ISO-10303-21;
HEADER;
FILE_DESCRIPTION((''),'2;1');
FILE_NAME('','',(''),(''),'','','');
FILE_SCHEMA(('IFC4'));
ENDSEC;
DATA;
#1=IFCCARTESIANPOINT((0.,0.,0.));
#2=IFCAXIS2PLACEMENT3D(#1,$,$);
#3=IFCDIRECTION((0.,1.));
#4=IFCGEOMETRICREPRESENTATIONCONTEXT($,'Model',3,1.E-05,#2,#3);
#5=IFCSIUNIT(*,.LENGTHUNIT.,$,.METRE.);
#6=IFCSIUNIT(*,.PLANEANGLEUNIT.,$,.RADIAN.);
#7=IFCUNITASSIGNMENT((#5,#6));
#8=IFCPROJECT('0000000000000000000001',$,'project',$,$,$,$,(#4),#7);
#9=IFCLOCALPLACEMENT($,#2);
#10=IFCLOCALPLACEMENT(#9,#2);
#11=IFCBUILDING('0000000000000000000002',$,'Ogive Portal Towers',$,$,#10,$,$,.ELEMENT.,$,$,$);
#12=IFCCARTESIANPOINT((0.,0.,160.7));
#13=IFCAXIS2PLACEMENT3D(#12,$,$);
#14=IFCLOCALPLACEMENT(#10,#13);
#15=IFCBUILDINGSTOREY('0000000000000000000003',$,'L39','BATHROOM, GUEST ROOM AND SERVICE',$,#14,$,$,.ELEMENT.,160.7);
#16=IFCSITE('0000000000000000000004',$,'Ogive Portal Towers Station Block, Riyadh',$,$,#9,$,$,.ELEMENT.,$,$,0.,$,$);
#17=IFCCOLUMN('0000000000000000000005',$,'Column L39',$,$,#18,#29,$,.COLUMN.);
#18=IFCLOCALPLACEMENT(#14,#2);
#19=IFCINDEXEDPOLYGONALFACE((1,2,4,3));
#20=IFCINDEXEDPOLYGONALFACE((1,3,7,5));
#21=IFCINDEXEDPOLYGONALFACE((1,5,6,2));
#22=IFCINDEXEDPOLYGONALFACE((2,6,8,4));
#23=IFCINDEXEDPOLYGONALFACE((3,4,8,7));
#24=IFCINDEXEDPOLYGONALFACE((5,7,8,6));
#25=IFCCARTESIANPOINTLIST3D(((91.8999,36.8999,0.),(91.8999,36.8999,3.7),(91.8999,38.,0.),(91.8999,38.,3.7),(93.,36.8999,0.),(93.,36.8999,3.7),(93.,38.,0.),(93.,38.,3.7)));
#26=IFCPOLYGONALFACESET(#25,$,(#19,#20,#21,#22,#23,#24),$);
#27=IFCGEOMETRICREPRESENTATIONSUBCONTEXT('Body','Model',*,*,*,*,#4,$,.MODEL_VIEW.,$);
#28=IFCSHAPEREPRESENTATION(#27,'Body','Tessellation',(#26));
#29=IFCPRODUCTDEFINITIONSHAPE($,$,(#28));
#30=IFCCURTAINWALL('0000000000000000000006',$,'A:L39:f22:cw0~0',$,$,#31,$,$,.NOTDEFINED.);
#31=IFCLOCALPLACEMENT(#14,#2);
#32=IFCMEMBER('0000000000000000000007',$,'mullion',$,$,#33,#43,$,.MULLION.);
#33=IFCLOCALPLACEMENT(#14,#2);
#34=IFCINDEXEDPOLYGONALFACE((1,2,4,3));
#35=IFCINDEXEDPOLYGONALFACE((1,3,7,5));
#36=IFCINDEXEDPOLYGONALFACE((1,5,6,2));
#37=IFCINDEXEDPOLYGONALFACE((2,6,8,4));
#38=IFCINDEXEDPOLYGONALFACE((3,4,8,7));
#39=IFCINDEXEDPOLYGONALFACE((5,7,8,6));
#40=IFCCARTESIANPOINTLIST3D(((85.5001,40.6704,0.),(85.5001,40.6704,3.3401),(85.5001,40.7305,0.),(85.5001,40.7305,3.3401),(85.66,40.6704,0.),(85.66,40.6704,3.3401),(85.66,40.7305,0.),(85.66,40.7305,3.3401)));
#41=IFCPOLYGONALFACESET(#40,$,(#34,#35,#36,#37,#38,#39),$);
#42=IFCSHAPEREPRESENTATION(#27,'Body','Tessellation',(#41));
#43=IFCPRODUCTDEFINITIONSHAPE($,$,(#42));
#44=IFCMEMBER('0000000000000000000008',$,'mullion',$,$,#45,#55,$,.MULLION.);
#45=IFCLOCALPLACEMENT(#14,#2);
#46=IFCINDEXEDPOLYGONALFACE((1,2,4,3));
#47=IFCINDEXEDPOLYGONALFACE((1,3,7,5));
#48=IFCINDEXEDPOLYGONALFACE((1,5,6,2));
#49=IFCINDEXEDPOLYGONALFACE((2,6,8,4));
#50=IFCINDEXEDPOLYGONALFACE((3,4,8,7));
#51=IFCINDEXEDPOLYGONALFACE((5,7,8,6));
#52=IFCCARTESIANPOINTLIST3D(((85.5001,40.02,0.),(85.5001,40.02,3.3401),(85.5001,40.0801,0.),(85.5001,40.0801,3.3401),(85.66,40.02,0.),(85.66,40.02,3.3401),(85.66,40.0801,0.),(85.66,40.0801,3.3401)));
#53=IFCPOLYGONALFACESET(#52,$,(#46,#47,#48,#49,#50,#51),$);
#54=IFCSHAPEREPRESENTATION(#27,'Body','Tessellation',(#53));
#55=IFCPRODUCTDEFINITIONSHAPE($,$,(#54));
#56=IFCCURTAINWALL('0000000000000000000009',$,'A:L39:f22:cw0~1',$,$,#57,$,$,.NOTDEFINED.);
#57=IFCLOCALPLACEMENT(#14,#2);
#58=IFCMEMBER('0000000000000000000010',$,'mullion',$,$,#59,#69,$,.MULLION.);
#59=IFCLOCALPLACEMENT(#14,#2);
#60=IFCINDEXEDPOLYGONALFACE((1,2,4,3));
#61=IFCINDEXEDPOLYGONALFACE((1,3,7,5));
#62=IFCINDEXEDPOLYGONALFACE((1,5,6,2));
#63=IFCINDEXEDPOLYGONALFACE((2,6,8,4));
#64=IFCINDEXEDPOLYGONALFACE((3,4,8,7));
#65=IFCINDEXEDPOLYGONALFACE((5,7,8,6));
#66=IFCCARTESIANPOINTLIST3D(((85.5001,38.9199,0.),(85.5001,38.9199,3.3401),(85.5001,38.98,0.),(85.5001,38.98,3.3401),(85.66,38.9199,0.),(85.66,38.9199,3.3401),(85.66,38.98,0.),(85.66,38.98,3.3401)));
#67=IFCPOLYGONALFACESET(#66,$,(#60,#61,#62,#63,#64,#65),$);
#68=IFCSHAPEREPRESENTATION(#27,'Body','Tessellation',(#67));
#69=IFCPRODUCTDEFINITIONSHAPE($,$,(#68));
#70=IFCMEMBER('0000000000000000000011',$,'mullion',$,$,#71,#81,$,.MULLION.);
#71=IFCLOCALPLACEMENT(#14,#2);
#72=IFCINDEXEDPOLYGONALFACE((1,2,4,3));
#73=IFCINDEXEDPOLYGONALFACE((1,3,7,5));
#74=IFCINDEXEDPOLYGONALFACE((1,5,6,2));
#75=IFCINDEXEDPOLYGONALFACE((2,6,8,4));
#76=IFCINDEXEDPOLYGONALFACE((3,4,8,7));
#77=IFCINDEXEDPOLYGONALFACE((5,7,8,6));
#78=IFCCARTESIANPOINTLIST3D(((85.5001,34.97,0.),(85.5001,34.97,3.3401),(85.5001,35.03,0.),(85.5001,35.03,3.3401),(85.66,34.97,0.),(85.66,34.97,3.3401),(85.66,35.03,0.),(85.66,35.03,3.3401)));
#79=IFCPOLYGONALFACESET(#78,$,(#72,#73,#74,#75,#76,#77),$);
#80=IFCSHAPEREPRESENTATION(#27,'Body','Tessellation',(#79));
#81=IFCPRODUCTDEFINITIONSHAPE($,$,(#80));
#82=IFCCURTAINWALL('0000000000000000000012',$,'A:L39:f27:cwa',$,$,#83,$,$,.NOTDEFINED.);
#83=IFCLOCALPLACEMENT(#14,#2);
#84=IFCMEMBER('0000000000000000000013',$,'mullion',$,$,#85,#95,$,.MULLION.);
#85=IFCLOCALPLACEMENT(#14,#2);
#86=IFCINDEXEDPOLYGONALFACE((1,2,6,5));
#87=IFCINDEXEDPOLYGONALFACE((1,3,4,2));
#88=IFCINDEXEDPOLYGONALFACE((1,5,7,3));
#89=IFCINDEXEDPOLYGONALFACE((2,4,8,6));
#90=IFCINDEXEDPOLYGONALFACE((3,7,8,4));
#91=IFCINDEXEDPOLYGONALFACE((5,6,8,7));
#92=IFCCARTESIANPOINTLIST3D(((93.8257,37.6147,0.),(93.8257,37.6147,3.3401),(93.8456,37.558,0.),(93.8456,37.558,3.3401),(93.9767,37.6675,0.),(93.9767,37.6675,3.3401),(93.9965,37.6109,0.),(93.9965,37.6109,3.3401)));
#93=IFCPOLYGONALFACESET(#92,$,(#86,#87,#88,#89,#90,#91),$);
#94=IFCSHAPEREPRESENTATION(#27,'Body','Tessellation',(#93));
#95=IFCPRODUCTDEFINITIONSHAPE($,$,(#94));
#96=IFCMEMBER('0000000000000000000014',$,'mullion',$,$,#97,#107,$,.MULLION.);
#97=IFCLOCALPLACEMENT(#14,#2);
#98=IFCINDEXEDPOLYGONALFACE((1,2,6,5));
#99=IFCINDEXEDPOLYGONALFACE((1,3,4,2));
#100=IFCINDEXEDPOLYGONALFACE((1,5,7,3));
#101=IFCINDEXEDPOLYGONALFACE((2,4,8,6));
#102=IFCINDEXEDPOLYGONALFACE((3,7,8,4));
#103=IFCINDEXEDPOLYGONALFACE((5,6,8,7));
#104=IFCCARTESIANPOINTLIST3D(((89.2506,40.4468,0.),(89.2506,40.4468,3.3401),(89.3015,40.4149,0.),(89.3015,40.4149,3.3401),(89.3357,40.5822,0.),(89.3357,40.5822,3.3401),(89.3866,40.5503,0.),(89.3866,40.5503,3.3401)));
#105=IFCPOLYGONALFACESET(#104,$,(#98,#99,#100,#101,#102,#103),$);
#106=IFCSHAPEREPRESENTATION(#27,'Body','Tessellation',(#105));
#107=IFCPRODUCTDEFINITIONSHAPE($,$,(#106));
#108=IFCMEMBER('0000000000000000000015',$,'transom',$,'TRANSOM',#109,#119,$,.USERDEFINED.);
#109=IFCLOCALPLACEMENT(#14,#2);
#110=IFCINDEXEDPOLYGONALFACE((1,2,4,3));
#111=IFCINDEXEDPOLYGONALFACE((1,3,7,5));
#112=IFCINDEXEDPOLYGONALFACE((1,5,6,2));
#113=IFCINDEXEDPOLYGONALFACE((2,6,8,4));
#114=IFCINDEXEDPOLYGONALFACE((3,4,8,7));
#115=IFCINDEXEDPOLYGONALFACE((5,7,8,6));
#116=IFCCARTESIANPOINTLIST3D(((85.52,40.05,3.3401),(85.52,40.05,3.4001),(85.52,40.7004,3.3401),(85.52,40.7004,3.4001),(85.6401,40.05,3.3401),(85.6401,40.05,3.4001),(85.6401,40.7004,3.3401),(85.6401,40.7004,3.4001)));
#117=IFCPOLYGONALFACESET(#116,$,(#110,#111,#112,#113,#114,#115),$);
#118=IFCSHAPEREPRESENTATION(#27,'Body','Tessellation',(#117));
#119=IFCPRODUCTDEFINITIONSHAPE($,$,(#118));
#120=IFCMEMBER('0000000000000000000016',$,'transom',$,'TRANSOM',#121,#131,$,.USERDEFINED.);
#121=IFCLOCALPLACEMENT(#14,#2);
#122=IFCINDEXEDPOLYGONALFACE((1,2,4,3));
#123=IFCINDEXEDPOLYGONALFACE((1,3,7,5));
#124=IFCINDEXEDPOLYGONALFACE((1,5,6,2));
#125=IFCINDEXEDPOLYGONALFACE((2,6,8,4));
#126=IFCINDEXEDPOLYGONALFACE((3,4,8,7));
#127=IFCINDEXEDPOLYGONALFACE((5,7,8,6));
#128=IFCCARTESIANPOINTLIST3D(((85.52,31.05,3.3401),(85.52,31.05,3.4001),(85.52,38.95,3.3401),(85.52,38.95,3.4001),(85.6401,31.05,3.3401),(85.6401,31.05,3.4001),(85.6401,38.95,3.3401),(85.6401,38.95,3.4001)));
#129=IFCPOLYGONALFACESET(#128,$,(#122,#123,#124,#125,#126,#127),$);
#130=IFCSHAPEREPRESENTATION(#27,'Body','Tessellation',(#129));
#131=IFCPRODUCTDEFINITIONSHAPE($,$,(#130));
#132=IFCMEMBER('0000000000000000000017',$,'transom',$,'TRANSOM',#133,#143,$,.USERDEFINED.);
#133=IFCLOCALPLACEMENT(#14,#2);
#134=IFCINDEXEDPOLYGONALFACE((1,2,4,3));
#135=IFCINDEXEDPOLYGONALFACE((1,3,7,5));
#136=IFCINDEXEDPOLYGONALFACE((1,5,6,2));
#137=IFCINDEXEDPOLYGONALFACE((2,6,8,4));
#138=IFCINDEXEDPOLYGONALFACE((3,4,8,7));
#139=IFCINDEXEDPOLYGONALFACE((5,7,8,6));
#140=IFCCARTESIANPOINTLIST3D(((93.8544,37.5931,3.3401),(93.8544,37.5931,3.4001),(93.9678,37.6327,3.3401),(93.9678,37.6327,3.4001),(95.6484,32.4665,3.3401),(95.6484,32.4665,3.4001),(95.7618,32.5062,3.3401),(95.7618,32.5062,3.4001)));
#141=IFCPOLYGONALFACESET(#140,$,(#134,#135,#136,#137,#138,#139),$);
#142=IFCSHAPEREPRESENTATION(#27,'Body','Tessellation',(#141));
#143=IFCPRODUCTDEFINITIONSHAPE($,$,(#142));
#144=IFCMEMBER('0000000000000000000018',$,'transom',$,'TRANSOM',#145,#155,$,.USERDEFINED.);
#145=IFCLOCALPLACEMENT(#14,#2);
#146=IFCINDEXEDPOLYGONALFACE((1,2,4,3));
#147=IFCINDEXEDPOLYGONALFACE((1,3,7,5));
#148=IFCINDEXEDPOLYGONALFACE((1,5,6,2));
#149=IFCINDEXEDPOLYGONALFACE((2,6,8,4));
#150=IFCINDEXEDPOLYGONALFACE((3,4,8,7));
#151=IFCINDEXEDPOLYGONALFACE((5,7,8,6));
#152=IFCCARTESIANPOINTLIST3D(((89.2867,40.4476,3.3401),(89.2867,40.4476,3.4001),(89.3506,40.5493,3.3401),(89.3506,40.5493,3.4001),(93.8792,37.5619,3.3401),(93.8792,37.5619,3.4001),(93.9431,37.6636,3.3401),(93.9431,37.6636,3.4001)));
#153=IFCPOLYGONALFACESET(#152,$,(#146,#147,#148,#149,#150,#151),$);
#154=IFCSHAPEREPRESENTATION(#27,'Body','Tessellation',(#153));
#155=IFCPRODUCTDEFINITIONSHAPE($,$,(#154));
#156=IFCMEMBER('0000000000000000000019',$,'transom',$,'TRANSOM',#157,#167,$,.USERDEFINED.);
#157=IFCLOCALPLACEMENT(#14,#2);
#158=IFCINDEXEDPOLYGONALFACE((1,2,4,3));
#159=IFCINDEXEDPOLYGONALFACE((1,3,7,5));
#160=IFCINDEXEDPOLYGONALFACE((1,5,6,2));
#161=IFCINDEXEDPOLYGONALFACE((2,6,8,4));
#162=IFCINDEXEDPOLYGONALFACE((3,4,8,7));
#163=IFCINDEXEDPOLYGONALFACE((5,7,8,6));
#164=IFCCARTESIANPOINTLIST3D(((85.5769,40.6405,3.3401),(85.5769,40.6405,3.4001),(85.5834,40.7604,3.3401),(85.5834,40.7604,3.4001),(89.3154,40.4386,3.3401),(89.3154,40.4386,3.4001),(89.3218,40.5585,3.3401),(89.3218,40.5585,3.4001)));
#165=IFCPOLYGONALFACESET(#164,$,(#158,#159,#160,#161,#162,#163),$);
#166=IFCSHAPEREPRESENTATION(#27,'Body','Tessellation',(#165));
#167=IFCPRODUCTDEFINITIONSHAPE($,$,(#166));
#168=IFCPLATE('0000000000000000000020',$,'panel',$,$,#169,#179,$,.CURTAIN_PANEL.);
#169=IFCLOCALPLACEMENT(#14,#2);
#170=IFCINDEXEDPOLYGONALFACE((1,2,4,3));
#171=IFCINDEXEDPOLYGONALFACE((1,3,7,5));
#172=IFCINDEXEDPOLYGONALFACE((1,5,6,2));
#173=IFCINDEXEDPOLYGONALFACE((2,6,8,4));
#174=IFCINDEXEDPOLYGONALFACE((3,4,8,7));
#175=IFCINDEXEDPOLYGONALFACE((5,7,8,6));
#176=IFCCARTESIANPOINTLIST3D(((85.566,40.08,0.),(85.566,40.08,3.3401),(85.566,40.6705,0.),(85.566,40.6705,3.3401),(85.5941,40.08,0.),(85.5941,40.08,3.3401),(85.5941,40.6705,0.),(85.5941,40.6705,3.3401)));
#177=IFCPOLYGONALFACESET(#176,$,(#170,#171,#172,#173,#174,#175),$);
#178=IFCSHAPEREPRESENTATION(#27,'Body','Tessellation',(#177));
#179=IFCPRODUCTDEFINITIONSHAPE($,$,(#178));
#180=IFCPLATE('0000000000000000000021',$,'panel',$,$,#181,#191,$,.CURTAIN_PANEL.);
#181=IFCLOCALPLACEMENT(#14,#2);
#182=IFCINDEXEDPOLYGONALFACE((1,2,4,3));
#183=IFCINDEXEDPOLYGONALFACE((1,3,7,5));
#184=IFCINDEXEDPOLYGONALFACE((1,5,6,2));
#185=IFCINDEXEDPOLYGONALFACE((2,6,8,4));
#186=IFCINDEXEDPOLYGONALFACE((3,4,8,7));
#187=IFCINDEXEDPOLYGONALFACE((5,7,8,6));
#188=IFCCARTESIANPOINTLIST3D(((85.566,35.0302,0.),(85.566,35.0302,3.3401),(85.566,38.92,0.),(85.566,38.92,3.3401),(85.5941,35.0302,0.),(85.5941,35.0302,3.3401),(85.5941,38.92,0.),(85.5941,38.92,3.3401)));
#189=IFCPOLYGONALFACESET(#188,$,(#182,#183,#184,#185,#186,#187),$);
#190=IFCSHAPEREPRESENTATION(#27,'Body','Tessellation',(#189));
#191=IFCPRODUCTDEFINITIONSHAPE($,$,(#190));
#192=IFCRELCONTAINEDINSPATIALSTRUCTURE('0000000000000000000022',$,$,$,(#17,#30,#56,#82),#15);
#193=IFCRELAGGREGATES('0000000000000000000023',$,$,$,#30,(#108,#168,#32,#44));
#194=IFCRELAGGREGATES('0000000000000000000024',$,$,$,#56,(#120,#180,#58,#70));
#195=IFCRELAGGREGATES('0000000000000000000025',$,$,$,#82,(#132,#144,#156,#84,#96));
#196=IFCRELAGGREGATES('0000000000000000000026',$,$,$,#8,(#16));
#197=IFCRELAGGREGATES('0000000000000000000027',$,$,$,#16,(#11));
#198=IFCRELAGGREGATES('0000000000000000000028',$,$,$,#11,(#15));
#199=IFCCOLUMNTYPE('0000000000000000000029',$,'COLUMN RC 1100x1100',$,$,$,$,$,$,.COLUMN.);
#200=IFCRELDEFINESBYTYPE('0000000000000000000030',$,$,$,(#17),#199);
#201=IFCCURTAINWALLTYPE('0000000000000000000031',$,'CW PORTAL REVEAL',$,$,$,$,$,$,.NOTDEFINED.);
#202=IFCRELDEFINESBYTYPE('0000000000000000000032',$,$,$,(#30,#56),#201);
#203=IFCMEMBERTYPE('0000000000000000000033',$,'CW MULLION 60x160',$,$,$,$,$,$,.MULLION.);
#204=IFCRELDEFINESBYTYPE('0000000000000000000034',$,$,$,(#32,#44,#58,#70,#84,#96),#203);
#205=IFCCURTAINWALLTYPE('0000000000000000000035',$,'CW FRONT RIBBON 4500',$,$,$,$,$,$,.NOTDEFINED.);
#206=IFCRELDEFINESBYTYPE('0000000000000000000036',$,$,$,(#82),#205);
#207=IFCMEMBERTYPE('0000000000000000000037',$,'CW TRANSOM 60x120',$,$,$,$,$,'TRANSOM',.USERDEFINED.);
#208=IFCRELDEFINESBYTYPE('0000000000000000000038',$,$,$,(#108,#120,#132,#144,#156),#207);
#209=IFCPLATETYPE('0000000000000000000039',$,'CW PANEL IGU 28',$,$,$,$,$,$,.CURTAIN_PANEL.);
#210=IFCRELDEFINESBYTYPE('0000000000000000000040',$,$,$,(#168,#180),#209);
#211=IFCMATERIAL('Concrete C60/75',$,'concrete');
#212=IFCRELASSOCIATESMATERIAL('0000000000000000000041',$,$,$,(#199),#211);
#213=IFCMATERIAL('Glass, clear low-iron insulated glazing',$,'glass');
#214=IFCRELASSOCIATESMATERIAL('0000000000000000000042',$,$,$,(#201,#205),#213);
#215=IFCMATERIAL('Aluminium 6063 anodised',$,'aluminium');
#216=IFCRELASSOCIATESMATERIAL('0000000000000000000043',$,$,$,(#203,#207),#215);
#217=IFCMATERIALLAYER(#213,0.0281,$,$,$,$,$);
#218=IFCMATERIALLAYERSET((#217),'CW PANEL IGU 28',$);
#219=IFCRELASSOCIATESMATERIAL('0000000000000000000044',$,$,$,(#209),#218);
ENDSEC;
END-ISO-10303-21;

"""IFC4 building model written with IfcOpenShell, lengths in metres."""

from ifc_helpers import new_model, si_unit, direction, frame, origin, origin_2d, place, context, subcontext, project, spatial, rectangle, extrude, material, layer, layer_set, material_profile, profile_set, type_object, element, aggregate, save


model = new_model("IFC4")

# Units and contexts
model_context = context("Model", 3, precision=1e-05, world=origin(), true_north=direction((0.0, 1.0)))
body_context = subcontext(model_context, "Body", "Model", "MODEL_VIEW")
ifc_project = project(units=[si_unit("LENGTHUNIT", "METRE"), si_unit("PLANEANGLEUNIT", "RADIAN")], contexts=[model_context])

# Site, building, storey
site_placement = place(None, origin())
site = spatial("IfcSite", under=ifc_project, at=site_placement, Name="Ogive Portal Towers Station Block, Riyadh", CompositionType="ELEMENT", RefElevation=0.0)
building_placement = place(site_placement, origin())
building = spatial("IfcBuilding", under=site, at=building_placement, Name="Ogive Portal Towers", CompositionType="ELEMENT")
storey_placement = place(building_placement, frame((0.0, 0.0, 160.7)))
storey = spatial("IfcBuildingStorey", under=building, at=storey_placement, Name="L39", Description="BATHROOM, GUEST ROOM AND SERVICE", CompositionType="ELEMENT", Elevation=160.7)

# Column
ifc_material_1 = material(Name="Concrete C60/75", Category="concrete")
ifc_material_profile_1 = material_profile(ifc_material_1, rectangle(XDim=1.1001, YDim=1.1001, at=origin_2d()), Name="RC 1100x1100")
ifc_profile_set_1 = profile_set([ifc_material_profile_1], Name="Concrete C60/75")
column_type = type_object("IfcColumnType", Name="COLUMN RC 1100x1100", PredefinedType="COLUMN", material=ifc_profile_set_1)
column_placement = place(storey_placement, frame((92.45, 37.45, 0.0), z_axis=(0.0, 0.0, 1.0), x_axis=(1.0, 0.0, 0.0)))
element("IfcColumn", 1, at=column_placement, inside=storey, type_object=column_type, Name="Column L39", PredefinedType="COLUMN", context=body_context, shape_type="SweptSolid", body=[
    extrude(rectangle(XDim=1.1001, YDim=1.1001, at=origin_2d()), origin(), (0.0, 0.0, 1.0), 3.7),
])

# Curtain walls, members
ifc_material_2 = material(Name="Glass, clear low-iron insulated glazing", Category="glass")
curtain_wall_type_1 = type_object("IfcCurtainWallType", Name="CW PORTAL REVEAL", PredefinedType="NOTDEFINED", material=ifc_material_2)
curtain_wall_1_placement = place(storey_placement, origin())
curtain_wall_1 = element("IfcCurtainWall", 2, at=curtain_wall_1_placement, inside=storey, type_object=curtain_wall_type_1, Name="A:L39:f22:cw0~0", PredefinedType="NOTDEFINED")
ifc_material_3 = material(Name="Aluminium 6063 anodised", Category="aluminium")
ifc_material_profile_2 = material_profile(ifc_material_3, rectangle(XDim=0.1599, YDim=0.0601, at=origin_2d()), Name="AL 60x160")
ifc_profile_set_2 = profile_set([ifc_material_profile_2], Name="Aluminium 6063 anodised")
member_type_1 = type_object("IfcMemberType", Name="CW MULLION 60x160", PredefinedType="MULLION", material=ifc_profile_set_2)
member_1_placement = place(storey_placement, frame((85.5801, 40.7004, 0.0), z_axis=(0.0, 0.0, 1.0), x_axis=(1.0, 0.0, 0.0)))
member_1 = element("IfcMember", 3, at=member_1_placement, type_object=member_type_1, Name="mullion", PredefinedType="MULLION", context=body_context, shape_type="SweptSolid", body=[
    extrude(rectangle(XDim=0.1599, YDim=0.0601, at=origin_2d()), origin(), (0.0, 0.0, 1.0), 3.3401),
])
member_2_placement = place(storey_placement, frame((85.5801, 40.05, 0.0), z_axis=(0.0, 0.0, 1.0), x_axis=(1.0, 0.0, 0.0)))
member_2 = element("IfcMember", 4, at=member_2_placement, type_object=member_type_1, Name="mullion", PredefinedType="MULLION", context=body_context, shape_type="SweptSolid", body=[
    extrude(rectangle(XDim=0.1599, YDim=0.0601, at=origin_2d()), origin(), (0.0, 0.0, 1.0), 3.3401),
])
curtain_wall_2_placement = place(storey_placement, origin())
curtain_wall_2 = element("IfcCurtainWall", 5, at=curtain_wall_2_placement, inside=storey, type_object=curtain_wall_type_1, Name="A:L39:f22:cw0~1", PredefinedType="NOTDEFINED")
member_3_placement = place(storey_placement, frame((85.5801, 38.95, 0.0), z_axis=(0.0, 0.0, 1.0), x_axis=(1.0, 0.0, 0.0)))
member_3 = element("IfcMember", 6, at=member_3_placement, type_object=member_type_1, Name="mullion", PredefinedType="MULLION", context=body_context, shape_type="SweptSolid", body=[
    extrude(rectangle(XDim=0.1599, YDim=0.0601, at=origin_2d()), origin(), (0.0, 0.0, 1.0), 3.3401),
])
member_4_placement = place(storey_placement, frame((85.5801, 35.0, 0.0), z_axis=(0.0, 0.0, 1.0), x_axis=(1.0, 0.0, 0.0)))
member_4 = element("IfcMember", 7, at=member_4_placement, type_object=member_type_1, Name="mullion", PredefinedType="MULLION", context=body_context, shape_type="SweptSolid", body=[
    extrude(rectangle(XDim=0.1599, YDim=0.0601, at=origin_2d()), origin(), (0.0, 0.0, 1.0), 3.3401),
])
curtain_wall_type_2 = type_object("IfcCurtainWallType", Name="CW FRONT RIBBON 4500", PredefinedType="NOTDEFINED", material=ifc_material_2)
curtain_wall_3_placement = place(storey_placement, origin())
curtain_wall_3 = element("IfcCurtainWall", 8, at=curtain_wall_3_placement, inside=storey, type_object=curtain_wall_type_2, Name="A:L39:f27:cwa", PredefinedType="NOTDEFINED")
member_5_placement = place(storey_placement, frame((93.9111, 37.6128, 0.0), z_axis=(0.0, 0.0, 1.0), x_axis=(-0.943883, -0.330279, 0.0)))
member_5 = element("IfcMember", 9, at=member_5_placement, type_object=member_type_1, Name="mullion", PredefinedType="MULLION", context=body_context, shape_type="SweptSolid", body=[
    extrude(rectangle(XDim=0.1599, YDim=0.0601, at=origin_2d()), origin(), (0.0, 0.0, 1.0), 3.3401),
])
member_6_placement = place(storey_placement, frame((89.3186, 40.4985, 0.0), z_axis=(0.0, 0.0, 1.0), x_axis=(-0.532032, -0.846724, 0.0)))
member_6 = element("IfcMember", 10, at=member_6_placement, type_object=member_type_1, Name="mullion", PredefinedType="MULLION", context=body_context, shape_type="SweptSolid", body=[
    extrude(rectangle(XDim=0.1599, YDim=0.0601, at=origin_2d()), origin(), (0.0, 0.0, 1.0), 3.3401),
])

# Members
ifc_material_profile_3 = material_profile(ifc_material_3, rectangle(XDim=0.1201, YDim=0.0601, at=origin_2d()), Name="AL 120x60")
ifc_profile_set_3 = profile_set([ifc_material_profile_3], Name="Aluminium 6063 anodised")
member_type_2 = type_object("IfcMemberType", Name="CW TRANSOM 60x120", ElementType="TRANSOM", PredefinedType="USERDEFINED", material=ifc_profile_set_3)
member_7_placement = place(storey_placement, frame((85.5801, 40.7004, 3.3701), z_axis=(0.0, -1.0, 0.0), x_axis=(1.0, 0.0, 0.0)))
member_7 = element("IfcMember", 11, at=member_7_placement, type_object=member_type_2, Name="transom", ObjectType="TRANSOM", PredefinedType="USERDEFINED", context=body_context, shape_type="SweptSolid", body=[
    extrude(rectangle(XDim=0.1201, YDim=0.0601, at=origin_2d()), origin(), (0.0, 0.0, 1.0), 0.6504),
])
member_8_placement = place(storey_placement, frame((85.5801, 38.95, 3.3701), z_axis=(0.0, -1.0, 0.0), x_axis=(1.0, 0.0, 0.0)))
member_8 = element("IfcMember", 12, at=member_8_placement, type_object=member_type_2, Name="transom", ObjectType="TRANSOM", PredefinedType="USERDEFINED", context=body_context, shape_type="SweptSolid", body=[
    extrude(rectangle(XDim=0.1201, YDim=0.0601, at=origin_2d()), origin(), (0.0, 0.0, 1.0), 7.8999),
])
member_9_placement = place(storey_placement, frame((95.7051, 32.4863, 3.3701), z_axis=(-0.330298, 0.943877, 0.0), x_axis=(-0.943877, -0.330298, 0.0)))
member_9 = element("IfcMember", 13, at=member_9_placement, type_object=member_type_2, Name="transom", ObjectType="TRANSOM", PredefinedType="USERDEFINED", context=body_context, shape_type="SweptSolid", body=[
    extrude(rectangle(XDim=0.1201, YDim=0.0601, at=origin_2d()), origin(), (0.0, 0.0, 1.0), 5.4314),
])
member_10_placement = place(storey_placement, frame((93.9111, 37.6128, 3.3701), z_axis=(-0.846719, 0.532041, 0.0), x_axis=(-0.532041, -0.846719, 0.0)))
member_10 = element("IfcMember", 14, at=member_10_placement, type_object=member_type_2, Name="transom", ObjectType="TRANSOM", PredefinedType="USERDEFINED", context=body_context, shape_type="SweptSolid", body=[
    extrude(rectangle(XDim=0.1201, YDim=0.0601, at=origin_2d()), origin(), (0.0, 0.0, 1.0), 5.4238),
])
member_11_placement = place(storey_placement, frame((89.3186, 40.4985, 3.3701), z_axis=(-0.998545, 0.053928, 0.0), x_axis=(-0.053928, -0.998545, 0.0)))
member_11 = element("IfcMember", 15, at=member_11_placement, type_object=member_type_2, Name="transom", ObjectType="TRANSOM", PredefinedType="USERDEFINED", context=body_context, shape_type="SweptSolid", body=[
    extrude(rectangle(XDim=0.1201, YDim=0.0601, at=origin_2d()), origin(), (0.0, 0.0, 1.0), 3.7439),
])

# Plates
ifc_layer_1 = layer(ifc_material_2, 0.0281)
ifc_layer_set_1 = layer_set([ifc_layer_1], Name="CW PANEL IGU 28")
plate_type = type_object("IfcPlateType", Name="CW PANEL IGU 28", PredefinedType="CURTAIN_PANEL", material=ifc_layer_set_1)
plate_1_placement = place(storey_placement, frame((85.5801, 40.3752, 0.0), z_axis=(0.0, 0.0, 1.0), x_axis=(0.0, -1.0, 0.0)))
plate_1 = element("IfcPlate", 16, at=plate_1_placement, type_object=plate_type, Name="panel", PredefinedType="CURTAIN_PANEL", context=body_context, shape_type="SweptSolid", body=[
    extrude(rectangle(XDim=0.5906, YDim=0.0281, at=origin_2d()), origin(), (0.0, 0.0, 1.0), 3.3401),
])
aggregate(curtain_wall_1, [member_7, plate_1, member_1, member_2])
plate_2_placement = place(storey_placement, frame((85.5801, 36.9751, 0.0), z_axis=(0.0, 0.0, 1.0), x_axis=(0.0, -1.0, 0.0)))
plate_2 = element("IfcPlate", 17, at=plate_2_placement, type_object=plate_type, Name="panel", PredefinedType="CURTAIN_PANEL", context=body_context, shape_type="SweptSolid", body=[
    extrude(rectangle(XDim=3.8899, YDim=0.0281, at=origin_2d()), origin(), (0.0, 0.0, 1.0), 3.3401),
])
aggregate(curtain_wall_2, [member_8, plate_2, member_3, member_4])
aggregate(curtain_wall_3, [member_9, member_10, member_11, member_5, member_6])

save(model, "model.ifc")
